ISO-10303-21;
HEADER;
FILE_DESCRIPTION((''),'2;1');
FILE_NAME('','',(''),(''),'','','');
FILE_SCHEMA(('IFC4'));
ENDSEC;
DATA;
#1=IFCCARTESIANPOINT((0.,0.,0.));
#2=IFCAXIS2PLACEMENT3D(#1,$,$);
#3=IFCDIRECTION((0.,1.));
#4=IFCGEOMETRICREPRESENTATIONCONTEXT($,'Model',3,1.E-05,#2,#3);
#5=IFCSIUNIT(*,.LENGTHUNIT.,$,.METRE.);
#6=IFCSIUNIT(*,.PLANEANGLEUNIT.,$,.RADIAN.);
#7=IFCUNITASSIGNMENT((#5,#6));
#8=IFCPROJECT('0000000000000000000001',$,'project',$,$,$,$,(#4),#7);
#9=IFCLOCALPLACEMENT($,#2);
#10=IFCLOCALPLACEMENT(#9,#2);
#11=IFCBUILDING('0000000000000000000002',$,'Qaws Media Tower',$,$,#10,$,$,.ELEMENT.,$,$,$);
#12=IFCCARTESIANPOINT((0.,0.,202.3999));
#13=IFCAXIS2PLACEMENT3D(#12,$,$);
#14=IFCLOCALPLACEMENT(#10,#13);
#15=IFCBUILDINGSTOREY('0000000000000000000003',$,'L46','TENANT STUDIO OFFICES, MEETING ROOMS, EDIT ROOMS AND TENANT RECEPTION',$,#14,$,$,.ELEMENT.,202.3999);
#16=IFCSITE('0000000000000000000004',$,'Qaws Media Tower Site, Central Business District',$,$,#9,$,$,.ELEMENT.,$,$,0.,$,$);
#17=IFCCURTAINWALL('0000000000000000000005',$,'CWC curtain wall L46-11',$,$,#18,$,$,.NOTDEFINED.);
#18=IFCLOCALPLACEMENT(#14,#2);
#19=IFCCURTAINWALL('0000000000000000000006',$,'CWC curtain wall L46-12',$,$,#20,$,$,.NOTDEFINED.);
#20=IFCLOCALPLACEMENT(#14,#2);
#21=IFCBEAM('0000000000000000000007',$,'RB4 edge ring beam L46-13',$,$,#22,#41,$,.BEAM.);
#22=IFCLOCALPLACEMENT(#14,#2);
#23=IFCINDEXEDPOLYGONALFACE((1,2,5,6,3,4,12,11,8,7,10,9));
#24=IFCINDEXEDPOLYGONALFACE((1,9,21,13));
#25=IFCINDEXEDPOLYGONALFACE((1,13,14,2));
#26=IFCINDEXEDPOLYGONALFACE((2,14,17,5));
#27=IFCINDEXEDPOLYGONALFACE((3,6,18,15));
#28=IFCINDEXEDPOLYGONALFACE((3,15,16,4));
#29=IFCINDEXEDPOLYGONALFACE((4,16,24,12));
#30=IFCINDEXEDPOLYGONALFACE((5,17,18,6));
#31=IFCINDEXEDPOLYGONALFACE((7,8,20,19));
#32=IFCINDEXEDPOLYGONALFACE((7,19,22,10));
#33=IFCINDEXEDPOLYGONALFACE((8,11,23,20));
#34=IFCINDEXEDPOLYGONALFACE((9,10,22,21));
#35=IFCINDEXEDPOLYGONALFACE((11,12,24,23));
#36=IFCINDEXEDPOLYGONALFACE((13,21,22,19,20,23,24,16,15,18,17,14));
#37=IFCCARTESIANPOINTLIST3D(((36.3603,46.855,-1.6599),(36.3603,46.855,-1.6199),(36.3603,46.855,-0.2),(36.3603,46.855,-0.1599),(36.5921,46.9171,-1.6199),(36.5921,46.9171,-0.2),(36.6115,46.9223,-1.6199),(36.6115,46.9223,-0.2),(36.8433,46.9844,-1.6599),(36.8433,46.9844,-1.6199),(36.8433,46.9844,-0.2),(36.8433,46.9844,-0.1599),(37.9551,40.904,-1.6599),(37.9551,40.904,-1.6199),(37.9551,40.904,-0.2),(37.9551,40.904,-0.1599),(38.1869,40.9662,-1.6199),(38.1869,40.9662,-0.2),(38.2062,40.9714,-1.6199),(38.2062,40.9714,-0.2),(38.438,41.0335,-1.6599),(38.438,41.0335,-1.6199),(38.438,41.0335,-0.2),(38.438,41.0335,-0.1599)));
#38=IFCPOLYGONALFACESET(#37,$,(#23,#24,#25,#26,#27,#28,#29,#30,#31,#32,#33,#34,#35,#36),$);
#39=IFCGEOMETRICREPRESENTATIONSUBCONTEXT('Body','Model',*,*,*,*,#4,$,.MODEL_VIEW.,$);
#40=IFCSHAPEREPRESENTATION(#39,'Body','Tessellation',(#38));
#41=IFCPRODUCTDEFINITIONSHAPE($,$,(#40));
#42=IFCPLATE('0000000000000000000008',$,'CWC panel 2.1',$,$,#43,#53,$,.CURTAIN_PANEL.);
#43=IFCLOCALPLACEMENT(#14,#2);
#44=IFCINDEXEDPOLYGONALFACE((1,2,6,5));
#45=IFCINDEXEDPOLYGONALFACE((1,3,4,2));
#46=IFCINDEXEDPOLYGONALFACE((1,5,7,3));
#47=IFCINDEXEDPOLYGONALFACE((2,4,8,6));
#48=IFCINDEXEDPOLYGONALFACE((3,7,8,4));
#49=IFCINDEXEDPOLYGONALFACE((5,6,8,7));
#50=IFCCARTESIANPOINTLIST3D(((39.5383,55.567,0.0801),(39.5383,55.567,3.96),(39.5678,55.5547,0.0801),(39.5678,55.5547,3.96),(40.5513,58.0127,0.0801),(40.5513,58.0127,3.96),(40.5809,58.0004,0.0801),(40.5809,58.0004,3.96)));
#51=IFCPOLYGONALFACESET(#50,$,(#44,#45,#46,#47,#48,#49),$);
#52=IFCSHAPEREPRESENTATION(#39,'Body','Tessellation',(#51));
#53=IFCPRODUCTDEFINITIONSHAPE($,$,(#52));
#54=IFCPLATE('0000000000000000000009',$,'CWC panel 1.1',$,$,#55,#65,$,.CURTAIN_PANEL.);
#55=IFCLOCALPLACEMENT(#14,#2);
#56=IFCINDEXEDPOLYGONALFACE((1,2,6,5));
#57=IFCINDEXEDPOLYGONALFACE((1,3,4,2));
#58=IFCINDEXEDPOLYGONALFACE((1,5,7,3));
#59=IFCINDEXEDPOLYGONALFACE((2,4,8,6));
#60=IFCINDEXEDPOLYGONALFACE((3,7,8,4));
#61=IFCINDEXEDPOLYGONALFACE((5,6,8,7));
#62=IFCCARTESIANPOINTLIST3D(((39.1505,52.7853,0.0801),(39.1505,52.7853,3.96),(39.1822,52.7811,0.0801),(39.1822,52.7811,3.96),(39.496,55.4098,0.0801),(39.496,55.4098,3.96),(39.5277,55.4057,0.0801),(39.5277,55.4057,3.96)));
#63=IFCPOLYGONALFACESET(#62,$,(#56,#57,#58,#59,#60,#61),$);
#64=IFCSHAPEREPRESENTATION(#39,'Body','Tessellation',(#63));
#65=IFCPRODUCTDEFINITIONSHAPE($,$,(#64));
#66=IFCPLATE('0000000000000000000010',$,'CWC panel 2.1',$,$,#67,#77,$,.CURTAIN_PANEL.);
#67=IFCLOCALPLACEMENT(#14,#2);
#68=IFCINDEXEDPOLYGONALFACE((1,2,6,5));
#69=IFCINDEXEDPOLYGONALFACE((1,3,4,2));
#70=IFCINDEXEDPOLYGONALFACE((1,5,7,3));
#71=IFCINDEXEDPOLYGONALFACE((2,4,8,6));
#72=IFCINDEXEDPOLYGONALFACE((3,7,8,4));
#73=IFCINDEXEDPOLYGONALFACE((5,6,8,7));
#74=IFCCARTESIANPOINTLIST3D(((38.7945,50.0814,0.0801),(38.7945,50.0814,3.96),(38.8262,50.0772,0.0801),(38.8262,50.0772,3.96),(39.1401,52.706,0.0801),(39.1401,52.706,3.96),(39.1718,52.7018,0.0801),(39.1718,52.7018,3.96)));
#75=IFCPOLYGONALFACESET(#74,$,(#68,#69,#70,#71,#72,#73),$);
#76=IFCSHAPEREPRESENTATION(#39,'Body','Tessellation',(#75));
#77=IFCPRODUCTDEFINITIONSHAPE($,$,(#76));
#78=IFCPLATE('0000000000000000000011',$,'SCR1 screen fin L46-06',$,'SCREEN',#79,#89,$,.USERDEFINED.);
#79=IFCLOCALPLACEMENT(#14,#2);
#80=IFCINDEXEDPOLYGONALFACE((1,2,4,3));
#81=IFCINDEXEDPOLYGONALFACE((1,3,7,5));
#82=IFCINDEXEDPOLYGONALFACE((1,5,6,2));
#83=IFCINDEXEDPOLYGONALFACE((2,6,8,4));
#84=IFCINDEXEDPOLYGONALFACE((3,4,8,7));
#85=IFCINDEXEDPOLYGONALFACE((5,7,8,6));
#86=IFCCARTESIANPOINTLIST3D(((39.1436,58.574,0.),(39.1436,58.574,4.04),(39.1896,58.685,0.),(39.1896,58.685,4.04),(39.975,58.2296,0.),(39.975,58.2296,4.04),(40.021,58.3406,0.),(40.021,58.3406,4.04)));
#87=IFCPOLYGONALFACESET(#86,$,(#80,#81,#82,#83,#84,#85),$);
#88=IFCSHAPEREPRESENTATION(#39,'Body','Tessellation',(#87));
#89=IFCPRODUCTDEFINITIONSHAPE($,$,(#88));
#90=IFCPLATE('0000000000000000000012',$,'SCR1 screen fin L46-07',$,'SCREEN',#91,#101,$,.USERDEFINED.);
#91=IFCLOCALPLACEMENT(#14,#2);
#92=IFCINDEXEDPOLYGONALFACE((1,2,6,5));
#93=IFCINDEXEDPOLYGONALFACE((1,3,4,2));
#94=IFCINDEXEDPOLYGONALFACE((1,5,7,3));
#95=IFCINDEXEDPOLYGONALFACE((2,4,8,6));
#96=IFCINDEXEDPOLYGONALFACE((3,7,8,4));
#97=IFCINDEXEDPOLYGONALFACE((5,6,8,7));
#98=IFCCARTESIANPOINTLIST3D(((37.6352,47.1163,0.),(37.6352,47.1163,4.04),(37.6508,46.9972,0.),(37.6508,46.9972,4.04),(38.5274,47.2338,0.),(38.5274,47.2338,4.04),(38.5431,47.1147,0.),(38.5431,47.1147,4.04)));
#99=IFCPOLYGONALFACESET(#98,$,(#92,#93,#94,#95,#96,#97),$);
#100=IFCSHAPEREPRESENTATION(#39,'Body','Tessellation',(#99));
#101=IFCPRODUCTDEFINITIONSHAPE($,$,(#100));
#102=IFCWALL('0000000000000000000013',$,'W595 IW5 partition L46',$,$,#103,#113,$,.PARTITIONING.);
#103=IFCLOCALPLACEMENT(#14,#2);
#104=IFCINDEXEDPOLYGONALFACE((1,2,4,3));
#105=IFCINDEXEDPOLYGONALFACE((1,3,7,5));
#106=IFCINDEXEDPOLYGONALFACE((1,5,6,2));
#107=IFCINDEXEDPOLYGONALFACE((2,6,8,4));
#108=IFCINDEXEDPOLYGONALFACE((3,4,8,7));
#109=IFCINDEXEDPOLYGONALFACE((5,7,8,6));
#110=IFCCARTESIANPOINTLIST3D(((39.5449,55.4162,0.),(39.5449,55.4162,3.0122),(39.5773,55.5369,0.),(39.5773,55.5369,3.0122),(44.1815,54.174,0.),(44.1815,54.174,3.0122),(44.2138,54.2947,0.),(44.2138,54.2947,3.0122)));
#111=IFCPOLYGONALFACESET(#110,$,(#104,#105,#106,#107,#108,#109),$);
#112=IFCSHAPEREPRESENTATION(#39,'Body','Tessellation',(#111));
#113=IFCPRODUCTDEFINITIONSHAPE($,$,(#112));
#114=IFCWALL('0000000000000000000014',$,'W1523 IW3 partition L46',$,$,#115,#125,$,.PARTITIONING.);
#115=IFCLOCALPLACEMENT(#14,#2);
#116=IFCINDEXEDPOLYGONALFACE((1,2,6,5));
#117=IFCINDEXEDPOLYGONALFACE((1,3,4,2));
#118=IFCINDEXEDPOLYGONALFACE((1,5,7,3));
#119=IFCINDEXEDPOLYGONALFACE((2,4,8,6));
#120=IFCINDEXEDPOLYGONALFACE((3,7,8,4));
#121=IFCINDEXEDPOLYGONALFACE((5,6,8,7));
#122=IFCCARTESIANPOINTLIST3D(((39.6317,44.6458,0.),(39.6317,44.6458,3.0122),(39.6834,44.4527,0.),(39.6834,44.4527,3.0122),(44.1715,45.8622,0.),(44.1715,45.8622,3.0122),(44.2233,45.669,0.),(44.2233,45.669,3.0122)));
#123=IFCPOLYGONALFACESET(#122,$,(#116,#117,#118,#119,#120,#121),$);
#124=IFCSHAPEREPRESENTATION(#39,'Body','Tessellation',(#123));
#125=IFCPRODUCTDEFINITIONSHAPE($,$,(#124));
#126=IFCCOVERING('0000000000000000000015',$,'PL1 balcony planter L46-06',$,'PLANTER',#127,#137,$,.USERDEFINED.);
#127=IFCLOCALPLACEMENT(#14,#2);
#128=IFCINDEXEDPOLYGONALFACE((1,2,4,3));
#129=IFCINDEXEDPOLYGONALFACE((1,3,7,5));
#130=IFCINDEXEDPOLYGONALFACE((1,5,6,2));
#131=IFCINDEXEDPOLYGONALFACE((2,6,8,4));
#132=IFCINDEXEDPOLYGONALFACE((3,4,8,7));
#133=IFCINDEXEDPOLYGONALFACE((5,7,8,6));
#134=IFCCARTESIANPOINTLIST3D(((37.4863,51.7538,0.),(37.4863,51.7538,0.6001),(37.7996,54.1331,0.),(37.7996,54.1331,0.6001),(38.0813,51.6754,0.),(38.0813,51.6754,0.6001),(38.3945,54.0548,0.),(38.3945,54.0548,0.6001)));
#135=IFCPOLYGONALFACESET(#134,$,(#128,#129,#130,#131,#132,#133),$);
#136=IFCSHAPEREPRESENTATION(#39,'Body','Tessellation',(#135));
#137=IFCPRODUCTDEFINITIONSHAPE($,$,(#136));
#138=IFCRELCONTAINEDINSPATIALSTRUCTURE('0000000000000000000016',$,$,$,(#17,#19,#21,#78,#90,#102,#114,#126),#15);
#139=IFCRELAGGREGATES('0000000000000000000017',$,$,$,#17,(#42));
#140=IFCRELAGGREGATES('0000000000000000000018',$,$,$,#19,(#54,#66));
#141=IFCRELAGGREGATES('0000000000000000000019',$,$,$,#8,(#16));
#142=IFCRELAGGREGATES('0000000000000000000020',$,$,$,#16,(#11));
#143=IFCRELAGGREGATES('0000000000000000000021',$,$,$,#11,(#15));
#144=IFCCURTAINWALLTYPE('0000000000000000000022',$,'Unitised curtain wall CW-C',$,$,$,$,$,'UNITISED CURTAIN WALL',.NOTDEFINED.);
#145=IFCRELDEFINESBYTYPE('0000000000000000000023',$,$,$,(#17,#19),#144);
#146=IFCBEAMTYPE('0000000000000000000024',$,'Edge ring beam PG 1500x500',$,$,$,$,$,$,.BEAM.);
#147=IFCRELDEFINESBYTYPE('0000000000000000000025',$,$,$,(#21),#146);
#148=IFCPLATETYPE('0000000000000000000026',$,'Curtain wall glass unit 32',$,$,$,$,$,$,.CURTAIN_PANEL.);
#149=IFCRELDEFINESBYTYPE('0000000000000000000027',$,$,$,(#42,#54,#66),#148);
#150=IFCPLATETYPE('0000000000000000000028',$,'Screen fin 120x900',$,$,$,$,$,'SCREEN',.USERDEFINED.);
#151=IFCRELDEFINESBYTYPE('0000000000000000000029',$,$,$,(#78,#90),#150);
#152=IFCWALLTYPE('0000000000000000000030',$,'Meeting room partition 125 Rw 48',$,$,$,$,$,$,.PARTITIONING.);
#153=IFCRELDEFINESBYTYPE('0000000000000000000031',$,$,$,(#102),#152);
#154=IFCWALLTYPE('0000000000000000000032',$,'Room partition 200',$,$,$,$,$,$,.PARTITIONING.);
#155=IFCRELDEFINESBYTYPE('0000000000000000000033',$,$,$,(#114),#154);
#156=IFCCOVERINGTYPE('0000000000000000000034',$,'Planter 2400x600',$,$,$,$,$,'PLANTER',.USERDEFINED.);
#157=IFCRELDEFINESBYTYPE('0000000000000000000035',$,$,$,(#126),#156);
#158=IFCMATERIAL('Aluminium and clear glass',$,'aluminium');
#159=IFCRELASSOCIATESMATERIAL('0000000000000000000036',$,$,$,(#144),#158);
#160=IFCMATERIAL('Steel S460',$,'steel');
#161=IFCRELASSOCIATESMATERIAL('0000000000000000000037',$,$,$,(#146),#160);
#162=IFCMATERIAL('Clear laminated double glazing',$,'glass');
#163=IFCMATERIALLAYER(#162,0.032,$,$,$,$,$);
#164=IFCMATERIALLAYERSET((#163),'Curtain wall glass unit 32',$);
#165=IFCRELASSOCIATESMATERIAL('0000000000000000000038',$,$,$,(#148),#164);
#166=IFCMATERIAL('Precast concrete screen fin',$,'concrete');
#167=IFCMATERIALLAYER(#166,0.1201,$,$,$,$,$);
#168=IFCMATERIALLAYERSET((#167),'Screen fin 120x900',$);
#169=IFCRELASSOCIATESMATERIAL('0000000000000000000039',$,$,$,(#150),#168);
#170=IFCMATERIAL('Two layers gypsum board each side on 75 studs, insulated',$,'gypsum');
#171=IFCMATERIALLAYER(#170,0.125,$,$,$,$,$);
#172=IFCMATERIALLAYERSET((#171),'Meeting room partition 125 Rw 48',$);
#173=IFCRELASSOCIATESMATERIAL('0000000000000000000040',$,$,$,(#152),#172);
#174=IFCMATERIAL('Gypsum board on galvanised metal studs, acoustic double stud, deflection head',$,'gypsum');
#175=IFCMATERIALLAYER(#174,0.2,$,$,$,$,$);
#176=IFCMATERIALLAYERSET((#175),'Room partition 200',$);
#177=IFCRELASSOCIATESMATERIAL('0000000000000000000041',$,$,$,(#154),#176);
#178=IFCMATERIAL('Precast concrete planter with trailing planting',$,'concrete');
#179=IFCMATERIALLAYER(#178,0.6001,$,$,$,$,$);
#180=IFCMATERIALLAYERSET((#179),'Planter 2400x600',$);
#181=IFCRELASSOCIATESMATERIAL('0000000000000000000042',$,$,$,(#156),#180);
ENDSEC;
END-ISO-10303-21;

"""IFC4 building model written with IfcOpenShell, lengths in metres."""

from ifc_helpers import new_model, si_unit, direction, frame, frame_2d, origin, origin_2d, place, context, subcontext, project, spatial, rectangle, i_section, extrude, material, layer, layer_set, material_profile, profile_set, type_object, element, aggregate, save


model = new_model("IFC4")

# Units and contexts
model_context = context("Model", 3, precision=1e-05, world=origin(), true_north=direction((0.0, 1.0)))
body_context = subcontext(model_context, "Body", "Model", "MODEL_VIEW")
ifc_project = project(units=[si_unit("LENGTHUNIT", "METRE"), si_unit("PLANEANGLEUNIT", "RADIAN")], contexts=[model_context])

# Site, building, storey
site_placement = place(None, origin())
site = spatial("IfcSite", under=ifc_project, at=site_placement, Name="Qaws Media Tower Site, Central Business District", CompositionType="ELEMENT", RefElevation=0.0)
building_placement = place(site_placement, origin())
building = spatial("IfcBuilding", under=site, at=building_placement, Name="Qaws Media Tower", CompositionType="ELEMENT")
storey_placement = place(building_placement, frame((0.0, 0.0, 202.3999)))
storey = spatial("IfcBuildingStorey", under=building, at=storey_placement, Name="L46", Description="TENANT STUDIO OFFICES, MEETING ROOMS, EDIT ROOMS AND TENANT RECEPTION", CompositionType="ELEMENT", Elevation=202.3999)

# Curtain walls
ifc_material_1 = material(Name="Aluminium and clear glass", Category="aluminium")
curtain_wall_type = type_object("IfcCurtainWallType", Name="Unitised curtain wall CW-C", ElementType="UNITISED CURTAIN WALL", PredefinedType="NOTDEFINED", material=ifc_material_1)
curtain_wall_1_placement = place(storey_placement, origin())
curtain_wall_1 = element("IfcCurtainWall", 1, at=curtain_wall_1_placement, inside=storey, type_object=curtain_wall_type, Name="CWC curtain wall L46-11", PredefinedType="NOTDEFINED")
curtain_wall_2_placement = place(storey_placement, origin())
curtain_wall_2 = element("IfcCurtainWall", 2, at=curtain_wall_2_placement, inside=storey, type_object=curtain_wall_type, Name="CWC curtain wall L46-12", PredefinedType="NOTDEFINED")

# Beam
ifc_material_2 = material(Name="Steel S460", Category="steel")
ifc_material_profile_1 = material_profile(ifc_material_2, i_section(OverallWidth=0.5, OverallDepth=1.5, WebThickness=0.02, FlangeThickness=0.04, at=origin_2d()), Name="PG 1500x500")
ifc_profile_set_1 = profile_set([ifc_material_profile_1], Name="Steel S460")
beam_type = type_object("IfcBeamType", Name="Edge ring beam PG 1500x500", PredefinedType="BEAM", material=ifc_profile_set_1)
beam_1_placement = place(storey_placement, frame((36.6018, 46.9197, -0.9099), z_axis=(0.258846, -0.965919, 0.0), x_axis=(0.965919, 0.258846, 0.0)))
element("IfcBeam", 3, at=beam_1_placement, inside=storey, type_object=beam_type, Name="RB4 edge ring beam L46-13", PredefinedType="BEAM", context=body_context, shape_type="SweptSolid", body=[
    extrude(i_section(OverallWidth=0.5, OverallDepth=1.5, WebThickness=0.02, FlangeThickness=0.04, at=origin_2d()), origin(), (0.0, 0.0, 1.0), 6.1609),
])

# Plates
ifc_material_3 = material(Name="Clear laminated double glazing", Category="glass")
ifc_layer_1 = layer(ifc_material_3, 0.032)
ifc_layer_set_1 = layer_set([ifc_layer_1], Name="Curtain wall glass unit 32")
plate_type_1 = type_object("IfcPlateType", Name="Curtain wall glass unit 32", PredefinedType="CURTAIN_PANEL", material=ifc_layer_set_1)
plate_1_placement = place(storey_placement, frame((40.0596, 56.7837, 0.0801), z_axis=(0.0, 0.0, 1.0), x_axis=(-0.382683, -0.92388, 0.0)))
plate_1 = element("IfcPlate", 4, at=plate_1_placement, type_object=plate_type_1, Name="CWC panel 2.1", PredefinedType="CURTAIN_PANEL", context=body_context, shape_type="SweptSolid", body=[
    extrude(rectangle(XDim=2.6472, YDim=0.032, at=origin_2d()), origin(), (0.0, 0.0, 1.0), 3.8799),
])
aggregate(curtain_wall_1, [plate_1])
plate_2_placement = place(storey_placement, frame((39.3391, 54.0955, 0.0801), z_axis=(0.0, 0.0, 1.0), x_axis=(-0.130526, -0.991445, 0.0)))
plate_2 = element("IfcPlate", 5, at=plate_2_placement, type_object=plate_type_1, Name="CWC panel 1.1", PredefinedType="CURTAIN_PANEL", context=body_context, shape_type="SweptSolid", body=[
    extrude(rectangle(XDim=2.6472, YDim=0.032, at=origin_2d()), origin(), (0.0, 0.0, 1.0), 3.8799),
])
plate_3_placement = place(storey_placement, frame((38.9832, 51.3916, 0.0801), z_axis=(0.0, 0.0, 1.0), x_axis=(-0.130526, -0.991445, 0.0)))
plate_3 = element("IfcPlate", 6, at=plate_3_placement, type_object=plate_type_1, Name="CWC panel 2.1", PredefinedType="CURTAIN_PANEL", context=body_context, shape_type="SweptSolid", body=[
    extrude(rectangle(XDim=2.6472, YDim=0.032, at=origin_2d()), origin(), (0.0, 0.0, 1.0), 3.8799),
])
aggregate(curtain_wall_2, [plate_2, plate_3])

# Plates
ifc_material_4 = material(Name="Precast concrete screen fin", Category="concrete")
ifc_layer_2 = layer(ifc_material_4, 0.1201)
ifc_layer_set_2 = layer_set([ifc_layer_2], Name="Screen fin 120x900")
plate_type_2 = type_object("IfcPlateType", Name="Screen fin 120x900", ElementType="SCREEN", PredefinedType="USERDEFINED", material=ifc_layer_set_2)
for number, where, z_axis, x_axis, name in (
    (7, (39.5823, 58.4573, 0.0), (0.0, 0.0, 1.0), (-0.92388, 0.382683, 0.0), "SCR1 screen fin L46-06"),
    (8, (38.0891, 47.1155, 0.0), (0.0, 0.0, 1.0), (-0.991445, -0.130526, 0.0), "SCR1 screen fin L46-07"),
):
    element("IfcPlate", number, at=place(storey_placement, frame(where, z_axis=z_axis, x_axis=x_axis)), inside=storey, type_object=plate_type_2, Name=name, ObjectType="SCREEN", PredefinedType="USERDEFINED", context=body_context, shape_type="SweptSolid", body=[
        extrude(rectangle(XDim=0.8999, YDim=0.1201, at=origin_2d()), origin(), (0.0, 0.0, 1.0), 4.04),
    ])

# Walls
ifc_material_5 = material(Name="Two layers gypsum board each side on 75 studs, insulated", Category="gypsum")
ifc_layer_3 = layer(ifc_material_5, 0.125)
ifc_layer_set_3 = layer_set([ifc_layer_3], Name="Meeting room partition 125 Rw 48")
wall_type_1 = type_object("IfcWallType", Name="Meeting room partition 125 Rw 48", PredefinedType="PARTITIONING", material=ifc_layer_set_3)
wall_1_placement = place(storey_placement, frame((44.1975, 54.2344, 0.0), z_axis=(0.0, 0.0, 1.0), x_axis=(-0.965934, 0.258789, 0.0)))
element("IfcWall", 9, at=wall_1_placement, inside=storey, type_object=wall_type_1, Name="W595 IW5 partition L46", PredefinedType="PARTITIONING", context=body_context, shape_type="SweptSolid", body=[
    extrude(rectangle(XDim=4.8, YDim=0.125, at=frame_2d((2.3999, 0.0))), origin(), (0.0, 0.0, 1.0), 3.0122),
])
ifc_material_6 = material(Name="Gypsum board on galvanised metal studs, acoustic double stud, deflection head", Category="gypsum")
ifc_layer_4 = layer(ifc_material_6, 0.2)
ifc_layer_set_4 = layer_set([ifc_layer_4], Name="Room partition 200")
wall_type_2 = type_object("IfcWallType", Name="Room partition 200", PredefinedType="PARTITIONING", material=ifc_layer_set_4)
wall_2_placement = place(storey_placement, frame((44.1975, 45.7656, 0.0), z_axis=(0.0, 0.0, 1.0), x_axis=(-0.965933, -0.258794, 0.0)))
element("IfcWall", 10, at=wall_2_placement, inside=storey, type_object=wall_type_2, Name="W1523 IW3 partition L46", PredefinedType="PARTITIONING", context=body_context, shape_type="SweptSolid", body=[
    extrude(rectangle(XDim=4.7, YDim=0.2, at=frame_2d((2.3501, 0.0))), origin(), (0.0, 0.0, 1.0), 3.0122),
])

# Covering
ifc_material_7 = material(Name="Precast concrete planter with trailing planting", Category="concrete")
ifc_layer_5 = layer(ifc_material_7, 0.6001)
ifc_layer_set_5 = layer_set([ifc_layer_5], Name="Planter 2400x600")
covering_type = type_object("IfcCoveringType", Name="Planter 2400x600", ElementType="PLANTER", PredefinedType="USERDEFINED", material=ifc_layer_set_5)
covering_placement = place(storey_placement, frame((37.9404, 52.9043, 0.0), z_axis=(0.0, 0.0, 1.0), x_axis=(-0.130526, -0.991445, 0.0)))
element("IfcCovering", 11, at=covering_placement, inside=storey, type_object=covering_type, Name="PL1 balcony planter L46-06", ObjectType="PLANTER", PredefinedType="USERDEFINED", context=body_context, shape_type="SweptSolid", body=[
    extrude(rectangle(XDim=2.3999, YDim=0.6001, at=origin_2d()), origin(), (0.0, 0.0, 1.0), 0.6001),
])

save(model, "model.ifc")
